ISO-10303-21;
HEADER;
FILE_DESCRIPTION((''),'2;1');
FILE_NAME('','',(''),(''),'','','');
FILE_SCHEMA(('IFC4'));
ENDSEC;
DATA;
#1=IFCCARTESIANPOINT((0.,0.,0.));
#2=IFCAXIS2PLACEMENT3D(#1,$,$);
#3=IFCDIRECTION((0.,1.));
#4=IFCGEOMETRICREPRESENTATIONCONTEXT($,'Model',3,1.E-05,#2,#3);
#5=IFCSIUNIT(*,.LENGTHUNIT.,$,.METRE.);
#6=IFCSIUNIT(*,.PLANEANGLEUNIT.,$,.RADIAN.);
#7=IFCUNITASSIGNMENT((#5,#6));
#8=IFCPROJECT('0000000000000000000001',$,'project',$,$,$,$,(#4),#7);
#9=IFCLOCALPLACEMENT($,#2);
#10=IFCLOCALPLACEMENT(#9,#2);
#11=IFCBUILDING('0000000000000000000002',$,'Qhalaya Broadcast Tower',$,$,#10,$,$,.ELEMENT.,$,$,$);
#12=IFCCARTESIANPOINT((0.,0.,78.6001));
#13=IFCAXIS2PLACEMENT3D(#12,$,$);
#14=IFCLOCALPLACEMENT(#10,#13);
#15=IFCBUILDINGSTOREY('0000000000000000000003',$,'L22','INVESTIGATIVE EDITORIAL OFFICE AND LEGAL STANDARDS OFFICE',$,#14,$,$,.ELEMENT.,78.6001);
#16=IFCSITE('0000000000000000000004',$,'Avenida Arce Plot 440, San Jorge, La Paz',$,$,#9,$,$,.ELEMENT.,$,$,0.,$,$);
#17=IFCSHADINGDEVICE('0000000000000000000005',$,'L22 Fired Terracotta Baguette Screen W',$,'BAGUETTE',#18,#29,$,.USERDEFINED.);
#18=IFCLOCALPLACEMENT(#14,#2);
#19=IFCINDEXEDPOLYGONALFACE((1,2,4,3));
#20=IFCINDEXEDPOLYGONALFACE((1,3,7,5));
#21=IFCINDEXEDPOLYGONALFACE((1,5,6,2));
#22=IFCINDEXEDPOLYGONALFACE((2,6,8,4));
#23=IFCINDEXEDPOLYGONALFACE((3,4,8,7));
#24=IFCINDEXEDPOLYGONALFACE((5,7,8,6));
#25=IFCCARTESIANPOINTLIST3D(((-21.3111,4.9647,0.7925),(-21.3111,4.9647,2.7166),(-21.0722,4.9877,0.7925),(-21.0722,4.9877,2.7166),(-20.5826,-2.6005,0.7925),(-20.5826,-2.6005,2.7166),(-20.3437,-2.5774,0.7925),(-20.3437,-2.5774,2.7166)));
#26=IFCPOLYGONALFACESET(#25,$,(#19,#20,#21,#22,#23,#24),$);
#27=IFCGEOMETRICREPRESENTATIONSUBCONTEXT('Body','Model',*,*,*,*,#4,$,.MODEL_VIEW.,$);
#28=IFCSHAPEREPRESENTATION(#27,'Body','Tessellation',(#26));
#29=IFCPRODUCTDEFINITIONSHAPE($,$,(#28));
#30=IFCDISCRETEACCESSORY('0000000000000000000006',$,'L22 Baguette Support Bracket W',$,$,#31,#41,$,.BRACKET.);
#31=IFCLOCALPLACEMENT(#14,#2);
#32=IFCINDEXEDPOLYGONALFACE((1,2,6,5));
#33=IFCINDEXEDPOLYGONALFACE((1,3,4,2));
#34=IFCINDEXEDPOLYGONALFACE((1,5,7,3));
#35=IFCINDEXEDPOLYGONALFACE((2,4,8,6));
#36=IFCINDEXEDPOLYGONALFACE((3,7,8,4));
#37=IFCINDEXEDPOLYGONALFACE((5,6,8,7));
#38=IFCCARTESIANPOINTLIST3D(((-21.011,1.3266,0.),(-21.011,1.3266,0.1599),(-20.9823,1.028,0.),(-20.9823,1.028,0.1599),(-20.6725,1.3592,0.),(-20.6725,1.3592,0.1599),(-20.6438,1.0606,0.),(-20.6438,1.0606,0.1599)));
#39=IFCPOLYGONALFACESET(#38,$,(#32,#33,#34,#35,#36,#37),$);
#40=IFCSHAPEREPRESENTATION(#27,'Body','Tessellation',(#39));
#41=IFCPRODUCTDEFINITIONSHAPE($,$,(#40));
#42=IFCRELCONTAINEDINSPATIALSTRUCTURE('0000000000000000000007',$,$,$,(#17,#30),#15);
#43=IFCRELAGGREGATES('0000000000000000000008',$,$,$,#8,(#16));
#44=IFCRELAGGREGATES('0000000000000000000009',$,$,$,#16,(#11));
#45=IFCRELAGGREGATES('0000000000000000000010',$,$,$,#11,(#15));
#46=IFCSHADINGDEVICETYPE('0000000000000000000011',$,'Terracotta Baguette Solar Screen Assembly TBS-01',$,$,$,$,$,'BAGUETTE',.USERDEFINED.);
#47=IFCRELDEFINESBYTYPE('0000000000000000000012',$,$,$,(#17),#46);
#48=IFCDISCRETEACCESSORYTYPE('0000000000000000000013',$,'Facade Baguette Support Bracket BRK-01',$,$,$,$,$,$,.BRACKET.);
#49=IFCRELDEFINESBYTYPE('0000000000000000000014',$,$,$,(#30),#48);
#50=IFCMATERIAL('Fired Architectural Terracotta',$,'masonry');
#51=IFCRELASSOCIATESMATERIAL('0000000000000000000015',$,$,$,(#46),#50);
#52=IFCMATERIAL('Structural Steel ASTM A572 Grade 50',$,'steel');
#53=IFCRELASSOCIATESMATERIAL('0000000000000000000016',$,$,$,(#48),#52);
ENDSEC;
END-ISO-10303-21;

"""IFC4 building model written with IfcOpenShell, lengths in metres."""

from ifc_helpers import new_model, si_unit, direction, frame, origin, origin_2d, place, context, subcontext, project, spatial, rectangle, extrude, material, type_object, element, save


model = new_model("IFC4")

# Units and contexts
model_context = context("Model", 3, precision=1e-05, world=origin(), true_north=direction((0.0, 1.0)))
body_context = subcontext(model_context, "Body", "Model", "MODEL_VIEW")
ifc_project = project(units=[si_unit("LENGTHUNIT", "METRE"), si_unit("PLANEANGLEUNIT", "RADIAN")], contexts=[model_context])

# Site, building, storey
site_placement = place(None, origin())
site = spatial("IfcSite", under=ifc_project, at=site_placement, Name="Avenida Arce Plot 440, San Jorge, La Paz", CompositionType="ELEMENT", RefElevation=0.0)
building_placement = place(site_placement, origin())
building = spatial("IfcBuilding", under=site, at=building_placement, Name="Qhalaya Broadcast Tower", CompositionType="ELEMENT")
storey_placement = place(building_placement, frame((0.0, 0.0, 78.6001)))
storey = spatial("IfcBuildingStorey", under=building, at=storey_placement, Name="L22", Description="INVESTIGATIVE EDITORIAL OFFICE AND LEGAL STANDARDS OFFICE", CompositionType="ELEMENT", Elevation=78.6001)

# Shared definitions
ifc_material_1 = material(Name="Structural Steel ASTM A572 Grade 50", Category="steel")

# Shared definitions
ifc_material_2 = material(Name="Fired Architectural Terracotta", Category="masonry")

# Shading device
shading_device_type = type_object("IfcShadingDeviceType", Name="Terracotta Baguette Solar Screen Assembly TBS-01", ElementType="BAGUETTE", PredefinedType="USERDEFINED", material=ifc_material_2)
shading_device_placement = place(storey_placement, frame((-20.8274, 1.1936, 0.7925), z_axis=(0.0, 0.0, 1.0), x_axis=(0.095846, -0.995396, 0.0)))
element("IfcShadingDevice", 1, at=shading_device_placement, inside=storey, type_object=shading_device_type, Name="L22 Fired Terracotta Baguette Screen W", ObjectType="BAGUETTE", PredefinedType="USERDEFINED", context=body_context, shape_type="SweptSolid", body=[
    extrude(rectangle(XDim=7.6001, YDim=0.24, at=origin_2d()), origin(), (0.0, 0.0, 1.0), 1.9241),
])

# Discrete accessory
discrete_accessory_type = type_object("IfcDiscreteAccessoryType", Name="Facade Baguette Support Bracket BRK-01", PredefinedType="BRACKET", material=ifc_material_1)
discrete_accessory_placement = place(storey_placement, frame((-20.8274, 1.1936, 0.0), z_axis=(0.0, 0.0, 1.0), x_axis=(0.095846, -0.995396, 0.0)))
element("IfcDiscreteAccessory", 2, at=discrete_accessory_placement, inside=storey, type_object=discrete_accessory_type, Name="L22 Baguette Support Bracket W", PredefinedType="BRACKET", context=body_context, shape_type="SweptSolid", body=[
    extrude(rectangle(XDim=0.3, YDim=0.3401, at=origin_2d()), origin(), (0.0, 0.0, 1.0), 0.1599),
])

save(model, "model.ifc")
